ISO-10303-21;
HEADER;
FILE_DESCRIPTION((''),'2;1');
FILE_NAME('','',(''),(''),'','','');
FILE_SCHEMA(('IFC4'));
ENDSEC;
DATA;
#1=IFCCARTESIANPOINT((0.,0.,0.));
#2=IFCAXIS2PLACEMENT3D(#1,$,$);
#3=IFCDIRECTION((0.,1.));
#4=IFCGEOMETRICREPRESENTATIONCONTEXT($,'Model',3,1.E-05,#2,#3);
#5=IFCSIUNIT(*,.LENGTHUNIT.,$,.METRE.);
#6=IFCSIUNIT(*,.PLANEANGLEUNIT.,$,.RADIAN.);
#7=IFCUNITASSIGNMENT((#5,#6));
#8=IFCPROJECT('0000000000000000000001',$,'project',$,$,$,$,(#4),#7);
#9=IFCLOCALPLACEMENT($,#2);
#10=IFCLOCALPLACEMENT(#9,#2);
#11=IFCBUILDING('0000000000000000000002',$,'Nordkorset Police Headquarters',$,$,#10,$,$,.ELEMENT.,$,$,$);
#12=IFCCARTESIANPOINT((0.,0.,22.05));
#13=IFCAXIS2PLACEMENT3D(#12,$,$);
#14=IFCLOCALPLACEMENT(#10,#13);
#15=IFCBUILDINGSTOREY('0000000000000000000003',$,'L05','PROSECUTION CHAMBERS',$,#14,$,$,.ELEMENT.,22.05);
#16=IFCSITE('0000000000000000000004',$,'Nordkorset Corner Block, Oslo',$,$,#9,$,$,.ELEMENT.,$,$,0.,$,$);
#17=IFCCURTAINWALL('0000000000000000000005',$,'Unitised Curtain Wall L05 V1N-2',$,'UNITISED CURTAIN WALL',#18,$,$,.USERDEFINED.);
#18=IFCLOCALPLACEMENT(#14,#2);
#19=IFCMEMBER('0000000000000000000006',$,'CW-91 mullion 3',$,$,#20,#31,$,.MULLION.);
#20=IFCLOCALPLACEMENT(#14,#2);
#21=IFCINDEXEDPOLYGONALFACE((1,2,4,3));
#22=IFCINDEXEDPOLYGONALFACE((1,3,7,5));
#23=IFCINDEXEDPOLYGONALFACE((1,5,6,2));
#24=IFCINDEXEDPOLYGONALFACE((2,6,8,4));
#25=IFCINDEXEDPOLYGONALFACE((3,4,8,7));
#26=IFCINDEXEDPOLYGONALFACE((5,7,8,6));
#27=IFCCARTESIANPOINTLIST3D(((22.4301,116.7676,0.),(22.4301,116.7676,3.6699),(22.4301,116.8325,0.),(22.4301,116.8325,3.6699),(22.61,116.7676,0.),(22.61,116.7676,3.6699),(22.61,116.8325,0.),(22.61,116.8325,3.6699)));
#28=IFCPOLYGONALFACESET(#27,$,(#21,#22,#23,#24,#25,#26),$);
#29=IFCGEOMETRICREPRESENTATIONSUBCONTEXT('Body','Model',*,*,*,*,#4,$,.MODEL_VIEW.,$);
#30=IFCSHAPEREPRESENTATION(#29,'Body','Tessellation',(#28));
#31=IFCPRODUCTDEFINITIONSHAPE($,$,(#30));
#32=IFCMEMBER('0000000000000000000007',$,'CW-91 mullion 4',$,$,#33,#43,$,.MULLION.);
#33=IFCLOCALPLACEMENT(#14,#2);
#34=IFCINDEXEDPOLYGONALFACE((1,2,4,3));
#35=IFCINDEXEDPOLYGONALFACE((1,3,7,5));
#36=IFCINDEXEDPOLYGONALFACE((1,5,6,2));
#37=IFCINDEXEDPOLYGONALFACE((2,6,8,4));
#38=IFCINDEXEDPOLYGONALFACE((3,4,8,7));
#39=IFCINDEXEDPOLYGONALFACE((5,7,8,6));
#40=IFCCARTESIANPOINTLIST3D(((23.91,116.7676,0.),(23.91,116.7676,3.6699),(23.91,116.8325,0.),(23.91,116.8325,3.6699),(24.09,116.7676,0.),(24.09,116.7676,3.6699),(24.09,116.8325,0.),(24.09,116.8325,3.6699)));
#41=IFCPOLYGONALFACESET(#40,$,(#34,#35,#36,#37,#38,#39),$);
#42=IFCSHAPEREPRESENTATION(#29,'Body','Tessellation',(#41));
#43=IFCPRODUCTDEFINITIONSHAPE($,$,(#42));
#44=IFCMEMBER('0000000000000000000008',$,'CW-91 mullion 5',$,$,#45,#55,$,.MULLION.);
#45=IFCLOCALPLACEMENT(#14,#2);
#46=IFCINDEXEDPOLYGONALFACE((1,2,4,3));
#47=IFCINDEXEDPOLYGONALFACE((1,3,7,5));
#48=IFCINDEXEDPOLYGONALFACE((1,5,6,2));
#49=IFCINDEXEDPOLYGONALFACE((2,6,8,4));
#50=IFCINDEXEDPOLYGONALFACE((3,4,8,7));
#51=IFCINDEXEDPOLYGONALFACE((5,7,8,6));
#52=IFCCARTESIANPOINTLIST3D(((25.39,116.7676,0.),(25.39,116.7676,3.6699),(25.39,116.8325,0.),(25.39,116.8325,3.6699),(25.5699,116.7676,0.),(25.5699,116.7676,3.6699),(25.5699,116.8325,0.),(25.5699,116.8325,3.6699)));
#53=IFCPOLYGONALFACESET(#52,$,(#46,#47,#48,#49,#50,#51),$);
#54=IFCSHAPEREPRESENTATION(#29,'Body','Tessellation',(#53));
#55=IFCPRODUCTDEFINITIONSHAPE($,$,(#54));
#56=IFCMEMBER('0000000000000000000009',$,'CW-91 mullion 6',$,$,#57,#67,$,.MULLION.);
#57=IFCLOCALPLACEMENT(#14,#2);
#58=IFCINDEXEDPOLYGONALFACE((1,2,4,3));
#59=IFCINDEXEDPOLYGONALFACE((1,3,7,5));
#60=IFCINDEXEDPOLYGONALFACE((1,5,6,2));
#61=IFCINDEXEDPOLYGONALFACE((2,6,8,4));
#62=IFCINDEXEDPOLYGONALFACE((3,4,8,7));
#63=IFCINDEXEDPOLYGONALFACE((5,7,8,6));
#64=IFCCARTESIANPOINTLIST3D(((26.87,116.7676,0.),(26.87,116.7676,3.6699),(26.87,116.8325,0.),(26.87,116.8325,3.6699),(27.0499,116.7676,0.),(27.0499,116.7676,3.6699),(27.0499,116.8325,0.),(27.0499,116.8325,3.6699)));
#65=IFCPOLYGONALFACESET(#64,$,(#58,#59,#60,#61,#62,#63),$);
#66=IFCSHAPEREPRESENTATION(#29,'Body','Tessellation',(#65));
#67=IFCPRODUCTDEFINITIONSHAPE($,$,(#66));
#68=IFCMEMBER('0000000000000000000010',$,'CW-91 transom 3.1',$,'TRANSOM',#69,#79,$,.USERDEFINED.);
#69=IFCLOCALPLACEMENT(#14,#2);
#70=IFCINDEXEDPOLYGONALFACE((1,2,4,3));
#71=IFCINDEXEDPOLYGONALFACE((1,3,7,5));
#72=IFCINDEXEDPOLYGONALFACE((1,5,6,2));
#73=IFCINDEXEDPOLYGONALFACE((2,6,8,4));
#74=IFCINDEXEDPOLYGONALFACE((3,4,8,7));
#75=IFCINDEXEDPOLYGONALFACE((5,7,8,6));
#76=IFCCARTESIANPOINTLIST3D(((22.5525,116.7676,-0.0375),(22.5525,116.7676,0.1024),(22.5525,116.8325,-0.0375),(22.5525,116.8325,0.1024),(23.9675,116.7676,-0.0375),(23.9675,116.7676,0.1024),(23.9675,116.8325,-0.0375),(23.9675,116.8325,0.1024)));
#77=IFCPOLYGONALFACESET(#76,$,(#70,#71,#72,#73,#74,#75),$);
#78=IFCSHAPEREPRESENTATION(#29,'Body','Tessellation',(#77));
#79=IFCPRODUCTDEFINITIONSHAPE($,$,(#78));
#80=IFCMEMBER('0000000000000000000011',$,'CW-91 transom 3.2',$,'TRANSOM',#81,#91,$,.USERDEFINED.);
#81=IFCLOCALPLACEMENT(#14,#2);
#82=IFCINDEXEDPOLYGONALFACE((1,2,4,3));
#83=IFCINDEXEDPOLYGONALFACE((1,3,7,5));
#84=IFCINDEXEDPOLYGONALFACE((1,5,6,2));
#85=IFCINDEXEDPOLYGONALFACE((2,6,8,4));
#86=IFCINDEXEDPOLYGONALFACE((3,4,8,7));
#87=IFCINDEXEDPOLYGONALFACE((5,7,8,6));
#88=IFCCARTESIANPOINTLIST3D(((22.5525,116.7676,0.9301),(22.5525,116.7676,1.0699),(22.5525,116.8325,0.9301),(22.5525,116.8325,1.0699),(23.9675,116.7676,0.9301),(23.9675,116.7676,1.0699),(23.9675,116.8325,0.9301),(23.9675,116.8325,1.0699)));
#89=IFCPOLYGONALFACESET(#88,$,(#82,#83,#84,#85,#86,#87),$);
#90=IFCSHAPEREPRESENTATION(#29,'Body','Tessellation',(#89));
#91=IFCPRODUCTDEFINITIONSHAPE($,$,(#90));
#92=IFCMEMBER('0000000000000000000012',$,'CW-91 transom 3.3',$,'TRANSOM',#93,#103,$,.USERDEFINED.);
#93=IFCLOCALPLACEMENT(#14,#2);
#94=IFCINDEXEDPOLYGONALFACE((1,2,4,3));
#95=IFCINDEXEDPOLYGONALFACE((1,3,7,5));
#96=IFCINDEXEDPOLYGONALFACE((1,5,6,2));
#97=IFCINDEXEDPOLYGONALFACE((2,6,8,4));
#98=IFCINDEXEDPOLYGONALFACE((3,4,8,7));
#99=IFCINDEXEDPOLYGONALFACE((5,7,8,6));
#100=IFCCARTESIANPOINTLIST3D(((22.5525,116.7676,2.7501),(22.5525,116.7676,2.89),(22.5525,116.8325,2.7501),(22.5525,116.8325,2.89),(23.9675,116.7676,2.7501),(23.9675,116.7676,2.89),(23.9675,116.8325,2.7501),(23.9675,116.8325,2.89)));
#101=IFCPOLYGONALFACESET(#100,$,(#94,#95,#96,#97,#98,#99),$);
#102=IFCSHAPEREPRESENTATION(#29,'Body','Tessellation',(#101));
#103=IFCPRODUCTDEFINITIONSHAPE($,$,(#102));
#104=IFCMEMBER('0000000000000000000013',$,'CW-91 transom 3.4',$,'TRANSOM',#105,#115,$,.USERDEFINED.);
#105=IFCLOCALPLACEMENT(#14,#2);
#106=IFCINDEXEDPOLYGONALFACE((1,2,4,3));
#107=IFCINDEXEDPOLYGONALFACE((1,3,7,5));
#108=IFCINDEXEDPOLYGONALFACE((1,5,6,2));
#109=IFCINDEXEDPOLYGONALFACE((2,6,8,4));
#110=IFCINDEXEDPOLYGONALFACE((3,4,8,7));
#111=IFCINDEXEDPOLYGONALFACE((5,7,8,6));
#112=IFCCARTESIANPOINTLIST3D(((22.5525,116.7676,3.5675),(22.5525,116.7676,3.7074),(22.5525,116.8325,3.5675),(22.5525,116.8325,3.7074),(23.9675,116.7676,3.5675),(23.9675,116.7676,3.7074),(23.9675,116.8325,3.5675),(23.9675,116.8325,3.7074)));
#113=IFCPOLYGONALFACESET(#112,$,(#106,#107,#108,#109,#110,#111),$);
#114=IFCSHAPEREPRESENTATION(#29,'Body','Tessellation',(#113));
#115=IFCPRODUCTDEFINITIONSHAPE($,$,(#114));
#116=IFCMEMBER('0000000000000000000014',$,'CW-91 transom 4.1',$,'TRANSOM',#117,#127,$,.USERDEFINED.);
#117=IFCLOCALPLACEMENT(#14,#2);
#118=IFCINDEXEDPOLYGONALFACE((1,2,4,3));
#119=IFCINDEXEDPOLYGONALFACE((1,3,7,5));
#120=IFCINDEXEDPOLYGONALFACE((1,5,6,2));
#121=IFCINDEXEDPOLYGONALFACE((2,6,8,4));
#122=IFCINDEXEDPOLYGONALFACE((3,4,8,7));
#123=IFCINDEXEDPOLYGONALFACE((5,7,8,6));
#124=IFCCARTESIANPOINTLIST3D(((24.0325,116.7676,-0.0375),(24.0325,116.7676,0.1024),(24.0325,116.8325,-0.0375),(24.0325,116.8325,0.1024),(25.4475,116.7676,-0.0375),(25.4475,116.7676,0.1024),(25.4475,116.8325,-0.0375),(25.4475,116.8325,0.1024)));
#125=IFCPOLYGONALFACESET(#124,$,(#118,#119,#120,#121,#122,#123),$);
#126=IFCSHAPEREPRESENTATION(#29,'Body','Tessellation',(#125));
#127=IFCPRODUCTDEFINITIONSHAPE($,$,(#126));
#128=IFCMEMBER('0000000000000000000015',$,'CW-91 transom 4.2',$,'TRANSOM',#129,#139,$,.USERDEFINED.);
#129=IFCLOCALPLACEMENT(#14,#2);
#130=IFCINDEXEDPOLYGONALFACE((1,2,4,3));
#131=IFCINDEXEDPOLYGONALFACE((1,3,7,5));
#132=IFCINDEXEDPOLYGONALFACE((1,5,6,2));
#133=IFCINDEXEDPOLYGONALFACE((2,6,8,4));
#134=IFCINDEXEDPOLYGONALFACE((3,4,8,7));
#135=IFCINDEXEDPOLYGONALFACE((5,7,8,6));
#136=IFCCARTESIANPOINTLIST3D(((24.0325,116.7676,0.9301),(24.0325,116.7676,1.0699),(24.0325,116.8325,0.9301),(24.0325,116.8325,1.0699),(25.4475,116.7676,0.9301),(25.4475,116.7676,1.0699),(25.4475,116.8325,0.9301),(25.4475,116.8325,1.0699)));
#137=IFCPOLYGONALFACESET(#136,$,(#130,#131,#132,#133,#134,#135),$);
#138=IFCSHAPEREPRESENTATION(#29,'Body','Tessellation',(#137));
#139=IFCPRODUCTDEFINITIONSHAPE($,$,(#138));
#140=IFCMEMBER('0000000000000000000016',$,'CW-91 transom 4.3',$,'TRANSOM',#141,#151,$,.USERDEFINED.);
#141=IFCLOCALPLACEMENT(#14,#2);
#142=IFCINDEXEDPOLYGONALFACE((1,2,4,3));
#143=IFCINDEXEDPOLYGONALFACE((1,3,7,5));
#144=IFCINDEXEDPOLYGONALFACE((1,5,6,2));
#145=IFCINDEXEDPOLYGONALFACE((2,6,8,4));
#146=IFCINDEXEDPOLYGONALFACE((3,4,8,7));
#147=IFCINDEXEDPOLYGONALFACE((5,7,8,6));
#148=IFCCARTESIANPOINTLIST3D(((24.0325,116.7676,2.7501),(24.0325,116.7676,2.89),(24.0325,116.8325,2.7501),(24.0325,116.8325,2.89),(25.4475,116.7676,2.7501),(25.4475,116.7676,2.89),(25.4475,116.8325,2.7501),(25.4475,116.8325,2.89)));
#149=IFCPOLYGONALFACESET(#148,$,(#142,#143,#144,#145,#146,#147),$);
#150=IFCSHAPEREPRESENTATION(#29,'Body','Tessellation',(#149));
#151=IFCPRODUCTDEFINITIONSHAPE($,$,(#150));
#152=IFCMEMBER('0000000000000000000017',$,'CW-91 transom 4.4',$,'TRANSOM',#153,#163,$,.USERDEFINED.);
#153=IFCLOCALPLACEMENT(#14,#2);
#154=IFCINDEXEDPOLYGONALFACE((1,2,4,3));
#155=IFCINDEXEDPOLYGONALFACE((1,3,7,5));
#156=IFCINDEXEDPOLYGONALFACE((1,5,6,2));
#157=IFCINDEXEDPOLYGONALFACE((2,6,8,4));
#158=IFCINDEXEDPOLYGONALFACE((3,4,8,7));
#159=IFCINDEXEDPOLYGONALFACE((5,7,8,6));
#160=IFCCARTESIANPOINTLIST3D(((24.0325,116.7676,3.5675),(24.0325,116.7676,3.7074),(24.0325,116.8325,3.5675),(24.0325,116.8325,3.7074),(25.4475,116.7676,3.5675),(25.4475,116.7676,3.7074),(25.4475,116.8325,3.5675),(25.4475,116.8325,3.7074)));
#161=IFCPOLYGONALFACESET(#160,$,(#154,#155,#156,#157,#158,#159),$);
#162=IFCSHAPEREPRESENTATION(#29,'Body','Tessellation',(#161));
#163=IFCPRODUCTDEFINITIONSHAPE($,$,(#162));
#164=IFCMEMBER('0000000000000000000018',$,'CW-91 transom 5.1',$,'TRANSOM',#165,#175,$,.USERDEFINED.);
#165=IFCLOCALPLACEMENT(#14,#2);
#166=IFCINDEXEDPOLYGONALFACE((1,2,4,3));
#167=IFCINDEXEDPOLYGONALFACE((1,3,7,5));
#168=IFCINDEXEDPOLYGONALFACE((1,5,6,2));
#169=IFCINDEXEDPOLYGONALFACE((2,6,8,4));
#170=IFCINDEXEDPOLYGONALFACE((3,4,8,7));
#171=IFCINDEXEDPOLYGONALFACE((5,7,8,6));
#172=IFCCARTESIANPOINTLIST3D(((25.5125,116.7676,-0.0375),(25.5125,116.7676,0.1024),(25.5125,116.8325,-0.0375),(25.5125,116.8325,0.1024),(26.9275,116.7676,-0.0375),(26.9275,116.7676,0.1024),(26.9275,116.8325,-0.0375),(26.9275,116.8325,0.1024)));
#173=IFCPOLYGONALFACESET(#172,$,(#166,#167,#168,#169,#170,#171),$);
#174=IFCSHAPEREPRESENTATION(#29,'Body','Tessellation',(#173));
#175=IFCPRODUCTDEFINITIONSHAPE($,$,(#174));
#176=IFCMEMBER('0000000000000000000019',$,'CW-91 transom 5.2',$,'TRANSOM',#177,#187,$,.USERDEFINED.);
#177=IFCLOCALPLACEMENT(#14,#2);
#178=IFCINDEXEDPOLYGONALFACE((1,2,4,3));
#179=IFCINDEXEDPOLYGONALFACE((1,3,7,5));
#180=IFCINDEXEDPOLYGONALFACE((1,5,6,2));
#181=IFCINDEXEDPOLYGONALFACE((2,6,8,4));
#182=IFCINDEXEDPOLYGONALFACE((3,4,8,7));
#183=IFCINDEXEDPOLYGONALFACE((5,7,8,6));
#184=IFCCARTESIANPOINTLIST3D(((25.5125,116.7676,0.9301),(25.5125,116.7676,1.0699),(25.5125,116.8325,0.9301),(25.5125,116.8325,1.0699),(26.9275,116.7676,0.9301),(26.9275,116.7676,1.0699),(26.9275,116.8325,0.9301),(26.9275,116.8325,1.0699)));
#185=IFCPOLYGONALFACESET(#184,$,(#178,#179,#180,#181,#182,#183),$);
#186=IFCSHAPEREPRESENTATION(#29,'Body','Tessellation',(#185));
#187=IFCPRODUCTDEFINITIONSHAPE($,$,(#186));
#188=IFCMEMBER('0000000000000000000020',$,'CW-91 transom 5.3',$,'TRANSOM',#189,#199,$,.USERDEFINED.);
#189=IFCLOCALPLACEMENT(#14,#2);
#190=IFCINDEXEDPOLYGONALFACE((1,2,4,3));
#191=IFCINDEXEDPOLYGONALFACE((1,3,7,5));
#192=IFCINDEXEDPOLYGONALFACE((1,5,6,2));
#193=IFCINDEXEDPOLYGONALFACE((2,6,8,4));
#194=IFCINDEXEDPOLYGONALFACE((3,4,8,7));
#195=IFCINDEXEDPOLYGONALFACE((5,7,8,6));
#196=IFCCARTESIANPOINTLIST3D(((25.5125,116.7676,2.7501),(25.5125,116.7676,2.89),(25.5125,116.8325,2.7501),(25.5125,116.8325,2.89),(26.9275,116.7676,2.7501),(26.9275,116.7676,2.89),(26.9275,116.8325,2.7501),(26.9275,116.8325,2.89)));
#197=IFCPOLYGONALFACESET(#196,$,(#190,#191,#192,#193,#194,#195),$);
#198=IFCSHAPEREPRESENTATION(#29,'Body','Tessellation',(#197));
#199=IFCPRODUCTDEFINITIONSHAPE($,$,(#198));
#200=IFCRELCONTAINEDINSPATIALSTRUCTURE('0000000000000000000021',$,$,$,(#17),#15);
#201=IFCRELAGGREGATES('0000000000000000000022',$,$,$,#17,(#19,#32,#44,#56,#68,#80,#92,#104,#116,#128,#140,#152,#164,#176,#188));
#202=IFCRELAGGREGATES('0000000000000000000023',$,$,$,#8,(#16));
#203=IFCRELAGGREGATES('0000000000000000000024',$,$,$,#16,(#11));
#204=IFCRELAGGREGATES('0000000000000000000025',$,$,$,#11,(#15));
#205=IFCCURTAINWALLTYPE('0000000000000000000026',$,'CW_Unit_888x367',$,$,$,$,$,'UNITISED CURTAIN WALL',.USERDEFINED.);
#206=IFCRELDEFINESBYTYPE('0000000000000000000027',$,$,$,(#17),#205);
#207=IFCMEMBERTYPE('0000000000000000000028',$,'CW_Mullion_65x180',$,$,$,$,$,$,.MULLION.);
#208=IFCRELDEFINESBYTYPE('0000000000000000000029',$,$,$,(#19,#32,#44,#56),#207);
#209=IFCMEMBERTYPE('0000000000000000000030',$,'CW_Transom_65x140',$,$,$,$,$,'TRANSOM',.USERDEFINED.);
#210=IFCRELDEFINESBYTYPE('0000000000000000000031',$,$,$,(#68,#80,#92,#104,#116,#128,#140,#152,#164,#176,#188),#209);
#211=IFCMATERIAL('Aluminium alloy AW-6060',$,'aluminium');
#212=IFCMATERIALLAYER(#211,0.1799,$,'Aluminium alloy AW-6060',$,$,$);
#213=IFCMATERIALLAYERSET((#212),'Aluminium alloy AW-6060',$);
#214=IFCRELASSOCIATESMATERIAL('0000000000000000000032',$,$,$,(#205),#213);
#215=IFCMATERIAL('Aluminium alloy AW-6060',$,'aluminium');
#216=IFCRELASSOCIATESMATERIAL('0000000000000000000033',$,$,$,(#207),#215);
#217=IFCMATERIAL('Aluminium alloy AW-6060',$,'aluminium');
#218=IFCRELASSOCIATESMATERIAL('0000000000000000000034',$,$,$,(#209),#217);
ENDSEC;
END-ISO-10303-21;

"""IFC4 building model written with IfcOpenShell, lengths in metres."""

from ifc_helpers import new_model, si_unit, direction, frame, origin, origin_2d, place, context, subcontext, project, spatial, rectangle, extrude, material, layer, layer_set, material_profile, profile_set, type_object, element, aggregate, save


model = new_model("IFC4")

# Units and contexts
model_context = context("Model", 3, precision=1e-05, world=origin(), true_north=direction((0.0, 1.0)))
body_context = subcontext(model_context, "Body", "Model", "MODEL_VIEW")
ifc_project = project(units=[si_unit("LENGTHUNIT", "METRE"), si_unit("PLANEANGLEUNIT", "RADIAN")], contexts=[model_context])

# Site, building, storey
site_placement = place(None, origin())
site = spatial("IfcSite", under=ifc_project, at=site_placement, Name="Nordkorset Corner Block, Oslo", CompositionType="ELEMENT", RefElevation=0.0)
building_placement = place(site_placement, origin())
building = spatial("IfcBuilding", under=site, at=building_placement, Name="Nordkorset Police Headquarters", CompositionType="ELEMENT")
storey_placement = place(building_placement, frame((0.0, 0.0, 22.05)))
storey = spatial("IfcBuildingStorey", under=building, at=storey_placement, Name="L05", Description="PROSECUTION CHAMBERS", CompositionType="ELEMENT", Elevation=22.05)

# Curtain wall, members
ifc_material_1 = material(Name="Aluminium alloy AW-6060", Category="aluminium")
ifc_layer_1 = layer(ifc_material_1, 0.1799, Name="Aluminium alloy AW-6060")
ifc_layer_set_1 = layer_set([ifc_layer_1], Name="Aluminium alloy AW-6060")
curtain_wall_type = type_object("IfcCurtainWallType", Name="CW_Unit_888x367", ElementType="UNITISED CURTAIN WALL", PredefinedType="USERDEFINED", material=ifc_layer_set_1)
curtain_wall_placement = place(storey_placement, origin())
curtain_wall = element("IfcCurtainWall", 1, at=curtain_wall_placement, inside=storey, type_object=curtain_wall_type, Name="Unitised Curtain Wall L05 V1N-2", ObjectType="UNITISED CURTAIN WALL", PredefinedType="USERDEFINED")
ifc_material_2 = material(Name="Aluminium alloy AW-6060", Category="aluminium")
ifc_material_profile_1 = material_profile(ifc_material_2, rectangle(XDim=0.0649, YDim=0.1799, at=origin_2d()), Name="ALU MULL 65x180")
ifc_profile_set_1 = profile_set([ifc_material_profile_1], Name="Aluminium alloy AW-6060")
member_type_1 = type_object("IfcMemberType", Name="CW_Mullion_65x180", PredefinedType="MULLION", material=ifc_profile_set_1)
member_1_placement = place(storey_placement, frame((22.52, 116.8, 0.0), z_axis=(0.0, 0.0, 1.0), x_axis=(0.0, 1.0, 0.0)))
member_1 = element("IfcMember", 2, at=member_1_placement, type_object=member_type_1, Name="CW-91 mullion 3", PredefinedType="MULLION", context=body_context, shape_type="SweptSolid", body=[
    extrude(rectangle(XDim=0.0649, YDim=0.1799, at=origin_2d()), origin(), (0.0, 0.0, 1.0), 3.6699),
])
member_2_placement = place(storey_placement, frame((24.0, 116.8, 0.0), z_axis=(0.0, 0.0, 1.0), x_axis=(0.0, 1.0, 0.0)))
member_2 = element("IfcMember", 3, at=member_2_placement, type_object=member_type_1, Name="CW-91 mullion 4", PredefinedType="MULLION", context=body_context, shape_type="SweptSolid", body=[
    extrude(rectangle(XDim=0.0649, YDim=0.1799, at=origin_2d()), origin(), (0.0, 0.0, 1.0), 3.6699),
])
member_3_placement = place(storey_placement, frame((25.48, 116.8, 0.0), z_axis=(0.0, 0.0, 1.0), x_axis=(0.0, 1.0, 0.0)))
member_3 = element("IfcMember", 4, at=member_3_placement, type_object=member_type_1, Name="CW-91 mullion 5", PredefinedType="MULLION", context=body_context, shape_type="SweptSolid", body=[
    extrude(rectangle(XDim=0.0649, YDim=0.1799, at=origin_2d()), origin(), (0.0, 0.0, 1.0), 3.6699),
])
member_4_placement = place(storey_placement, frame((26.96, 116.8, 0.0), z_axis=(0.0, 0.0, 1.0), x_axis=(0.0, 1.0, 0.0)))
member_4 = element("IfcMember", 5, at=member_4_placement, type_object=member_type_1, Name="CW-91 mullion 6", PredefinedType="MULLION", context=body_context, shape_type="SweptSolid", body=[
    extrude(rectangle(XDim=0.0649, YDim=0.1799, at=origin_2d()), origin(), (0.0, 0.0, 1.0), 3.6699),
])
ifc_material_3 = material(Name="Aluminium alloy AW-6060", Category="aluminium")
ifc_material_profile_2 = material_profile(ifc_material_3, rectangle(XDim=0.0649, YDim=0.1399, at=origin_2d()), Name="ALU TRAN 65x140")
ifc_profile_set_2 = profile_set([ifc_material_profile_2], Name="Aluminium alloy AW-6060")
member_type_2 = type_object("IfcMemberType", Name="CW_Transom_65x140", ElementType="TRANSOM", PredefinedType="USERDEFINED", material=ifc_profile_set_2)
member_5_placement = place(storey_placement, frame((22.5525, 116.8, 0.0325), z_axis=(1.0, 0.0, 0.0), x_axis=(0.0, 1.0, 0.0)))
member_5 = element("IfcMember", 6, at=member_5_placement, type_object=member_type_2, Name="CW-91 transom 3.1", ObjectType="TRANSOM", PredefinedType="USERDEFINED", context=body_context, shape_type="SweptSolid", body=[
    extrude(rectangle(XDim=0.0649, YDim=0.1399, at=origin_2d()), origin(), (0.0, 0.0, 1.0), 1.415),
])
member_6_placement = place(storey_placement, frame((22.5525, 116.8, 1.0), z_axis=(1.0, 0.0, 0.0), x_axis=(0.0, 1.0, 0.0)))
member_6 = element("IfcMember", 7, at=member_6_placement, type_object=member_type_2, Name="CW-91 transom 3.2", ObjectType="TRANSOM", PredefinedType="USERDEFINED", context=body_context, shape_type="SweptSolid", body=[
    extrude(rectangle(XDim=0.0649, YDim=0.1399, at=origin_2d()), origin(), (0.0, 0.0, 1.0), 1.415),
])
member_7_placement = place(storey_placement, frame((22.5525, 116.8, 2.8201), z_axis=(1.0, 0.0, 0.0), x_axis=(0.0, 1.0, 0.0)))
member_7 = element("IfcMember", 8, at=member_7_placement, type_object=member_type_2, Name="CW-91 transom 3.3", ObjectType="TRANSOM", PredefinedType="USERDEFINED", context=body_context, shape_type="SweptSolid", body=[
    extrude(rectangle(XDim=0.0649, YDim=0.1399, at=origin_2d()), origin(), (0.0, 0.0, 1.0), 1.415),
])
member_8_placement = place(storey_placement, frame((22.5525, 116.8, 3.6375), z_axis=(1.0, 0.0, 0.0), x_axis=(0.0, 1.0, 0.0)))
member_8 = element("IfcMember", 9, at=member_8_placement, type_object=member_type_2, Name="CW-91 transom 3.4", ObjectType="TRANSOM", PredefinedType="USERDEFINED", context=body_context, shape_type="SweptSolid", body=[
    extrude(rectangle(XDim=0.0649, YDim=0.1399, at=origin_2d()), origin(), (0.0, 0.0, 1.0), 1.415),
])
member_9_placement = place(storey_placement, frame((24.0325, 116.8, 0.0325), z_axis=(1.0, 0.0, 0.0), x_axis=(0.0, 1.0, 0.0)))
member_9 = element("IfcMember", 10, at=member_9_placement, type_object=member_type_2, Name="CW-91 transom 4.1", ObjectType="TRANSOM", PredefinedType="USERDEFINED", context=body_context, shape_type="SweptSolid", body=[
    extrude(rectangle(XDim=0.0649, YDim=0.1399, at=origin_2d()), origin(), (0.0, 0.0, 1.0), 1.415),
])
member_10_placement = place(storey_placement, frame((24.0325, 116.8, 1.0), z_axis=(1.0, 0.0, 0.0), x_axis=(0.0, 1.0, 0.0)))
member_10 = element("IfcMember", 11, at=member_10_placement, type_object=member_type_2, Name="CW-91 transom 4.2", ObjectType="TRANSOM", PredefinedType="USERDEFINED", context=body_context, shape_type="SweptSolid", body=[
    extrude(rectangle(XDim=0.0649, YDim=0.1399, at=origin_2d()), origin(), (0.0, 0.0, 1.0), 1.415),
])
member_11_placement = place(storey_placement, frame((24.0325, 116.8, 2.8201), z_axis=(1.0, 0.0, 0.0), x_axis=(0.0, 1.0, 0.0)))
member_11 = element("IfcMember", 12, at=member_11_placement, type_object=member_type_2, Name="CW-91 transom 4.3", ObjectType="TRANSOM", PredefinedType="USERDEFINED", context=body_context, shape_type="SweptSolid", body=[
    extrude(rectangle(XDim=0.0649, YDim=0.1399, at=origin_2d()), origin(), (0.0, 0.0, 1.0), 1.415),
])
member_12_placement = place(storey_placement, frame((24.0325, 116.8, 3.6375), z_axis=(1.0, 0.0, 0.0), x_axis=(0.0, 1.0, 0.0)))
member_12 = element("IfcMember", 13, at=member_12_placement, type_object=member_type_2, Name="CW-91 transom 4.4", ObjectType="TRANSOM", PredefinedType="USERDEFINED", context=body_context, shape_type="SweptSolid", body=[
    extrude(rectangle(XDim=0.0649, YDim=0.1399, at=origin_2d()), origin(), (0.0, 0.0, 1.0), 1.415),
])
member_13_placement = place(storey_placement, frame((25.5125, 116.8, 0.0325), z_axis=(1.0, 0.0, 0.0), x_axis=(0.0, 1.0, 0.0)))
member_13 = element("IfcMember", 14, at=member_13_placement, type_object=member_type_2, Name="CW-91 transom 5.1", ObjectType="TRANSOM", PredefinedType="USERDEFINED", context=body_context, shape_type="SweptSolid", body=[
    extrude(rectangle(XDim=0.0649, YDim=0.1399, at=origin_2d()), origin(), (0.0, 0.0, 1.0), 1.415),
])
member_14_placement = place(storey_placement, frame((25.5125, 116.8, 1.0), z_axis=(1.0, 0.0, 0.0), x_axis=(0.0, 1.0, 0.0)))
member_14 = element("IfcMember", 15, at=member_14_placement, type_object=member_type_2, Name="CW-91 transom 5.2", ObjectType="TRANSOM", PredefinedType="USERDEFINED", context=body_context, shape_type="SweptSolid", body=[
    extrude(rectangle(XDim=0.0649, YDim=0.1399, at=origin_2d()), origin(), (0.0, 0.0, 1.0), 1.415),
])
member_15_placement = place(storey_placement, frame((25.5125, 116.8, 2.8201), z_axis=(1.0, 0.0, 0.0), x_axis=(0.0, 1.0, 0.0)))
member_15 = element("IfcMember", 16, at=member_15_placement, type_object=member_type_2, Name="CW-91 transom 5.3", ObjectType="TRANSOM", PredefinedType="USERDEFINED", context=body_context, shape_type="SweptSolid", body=[
    extrude(rectangle(XDim=0.0649, YDim=0.1399, at=origin_2d()), origin(), (0.0, 0.0, 1.0), 1.415),
])
aggregate(curtain_wall, [member_1, member_2, member_3, member_4, member_5, member_6, member_7, member_8, member_9, member_10, member_11, member_12, member_13, member_14, member_15])

save(model, "model.ifc")
